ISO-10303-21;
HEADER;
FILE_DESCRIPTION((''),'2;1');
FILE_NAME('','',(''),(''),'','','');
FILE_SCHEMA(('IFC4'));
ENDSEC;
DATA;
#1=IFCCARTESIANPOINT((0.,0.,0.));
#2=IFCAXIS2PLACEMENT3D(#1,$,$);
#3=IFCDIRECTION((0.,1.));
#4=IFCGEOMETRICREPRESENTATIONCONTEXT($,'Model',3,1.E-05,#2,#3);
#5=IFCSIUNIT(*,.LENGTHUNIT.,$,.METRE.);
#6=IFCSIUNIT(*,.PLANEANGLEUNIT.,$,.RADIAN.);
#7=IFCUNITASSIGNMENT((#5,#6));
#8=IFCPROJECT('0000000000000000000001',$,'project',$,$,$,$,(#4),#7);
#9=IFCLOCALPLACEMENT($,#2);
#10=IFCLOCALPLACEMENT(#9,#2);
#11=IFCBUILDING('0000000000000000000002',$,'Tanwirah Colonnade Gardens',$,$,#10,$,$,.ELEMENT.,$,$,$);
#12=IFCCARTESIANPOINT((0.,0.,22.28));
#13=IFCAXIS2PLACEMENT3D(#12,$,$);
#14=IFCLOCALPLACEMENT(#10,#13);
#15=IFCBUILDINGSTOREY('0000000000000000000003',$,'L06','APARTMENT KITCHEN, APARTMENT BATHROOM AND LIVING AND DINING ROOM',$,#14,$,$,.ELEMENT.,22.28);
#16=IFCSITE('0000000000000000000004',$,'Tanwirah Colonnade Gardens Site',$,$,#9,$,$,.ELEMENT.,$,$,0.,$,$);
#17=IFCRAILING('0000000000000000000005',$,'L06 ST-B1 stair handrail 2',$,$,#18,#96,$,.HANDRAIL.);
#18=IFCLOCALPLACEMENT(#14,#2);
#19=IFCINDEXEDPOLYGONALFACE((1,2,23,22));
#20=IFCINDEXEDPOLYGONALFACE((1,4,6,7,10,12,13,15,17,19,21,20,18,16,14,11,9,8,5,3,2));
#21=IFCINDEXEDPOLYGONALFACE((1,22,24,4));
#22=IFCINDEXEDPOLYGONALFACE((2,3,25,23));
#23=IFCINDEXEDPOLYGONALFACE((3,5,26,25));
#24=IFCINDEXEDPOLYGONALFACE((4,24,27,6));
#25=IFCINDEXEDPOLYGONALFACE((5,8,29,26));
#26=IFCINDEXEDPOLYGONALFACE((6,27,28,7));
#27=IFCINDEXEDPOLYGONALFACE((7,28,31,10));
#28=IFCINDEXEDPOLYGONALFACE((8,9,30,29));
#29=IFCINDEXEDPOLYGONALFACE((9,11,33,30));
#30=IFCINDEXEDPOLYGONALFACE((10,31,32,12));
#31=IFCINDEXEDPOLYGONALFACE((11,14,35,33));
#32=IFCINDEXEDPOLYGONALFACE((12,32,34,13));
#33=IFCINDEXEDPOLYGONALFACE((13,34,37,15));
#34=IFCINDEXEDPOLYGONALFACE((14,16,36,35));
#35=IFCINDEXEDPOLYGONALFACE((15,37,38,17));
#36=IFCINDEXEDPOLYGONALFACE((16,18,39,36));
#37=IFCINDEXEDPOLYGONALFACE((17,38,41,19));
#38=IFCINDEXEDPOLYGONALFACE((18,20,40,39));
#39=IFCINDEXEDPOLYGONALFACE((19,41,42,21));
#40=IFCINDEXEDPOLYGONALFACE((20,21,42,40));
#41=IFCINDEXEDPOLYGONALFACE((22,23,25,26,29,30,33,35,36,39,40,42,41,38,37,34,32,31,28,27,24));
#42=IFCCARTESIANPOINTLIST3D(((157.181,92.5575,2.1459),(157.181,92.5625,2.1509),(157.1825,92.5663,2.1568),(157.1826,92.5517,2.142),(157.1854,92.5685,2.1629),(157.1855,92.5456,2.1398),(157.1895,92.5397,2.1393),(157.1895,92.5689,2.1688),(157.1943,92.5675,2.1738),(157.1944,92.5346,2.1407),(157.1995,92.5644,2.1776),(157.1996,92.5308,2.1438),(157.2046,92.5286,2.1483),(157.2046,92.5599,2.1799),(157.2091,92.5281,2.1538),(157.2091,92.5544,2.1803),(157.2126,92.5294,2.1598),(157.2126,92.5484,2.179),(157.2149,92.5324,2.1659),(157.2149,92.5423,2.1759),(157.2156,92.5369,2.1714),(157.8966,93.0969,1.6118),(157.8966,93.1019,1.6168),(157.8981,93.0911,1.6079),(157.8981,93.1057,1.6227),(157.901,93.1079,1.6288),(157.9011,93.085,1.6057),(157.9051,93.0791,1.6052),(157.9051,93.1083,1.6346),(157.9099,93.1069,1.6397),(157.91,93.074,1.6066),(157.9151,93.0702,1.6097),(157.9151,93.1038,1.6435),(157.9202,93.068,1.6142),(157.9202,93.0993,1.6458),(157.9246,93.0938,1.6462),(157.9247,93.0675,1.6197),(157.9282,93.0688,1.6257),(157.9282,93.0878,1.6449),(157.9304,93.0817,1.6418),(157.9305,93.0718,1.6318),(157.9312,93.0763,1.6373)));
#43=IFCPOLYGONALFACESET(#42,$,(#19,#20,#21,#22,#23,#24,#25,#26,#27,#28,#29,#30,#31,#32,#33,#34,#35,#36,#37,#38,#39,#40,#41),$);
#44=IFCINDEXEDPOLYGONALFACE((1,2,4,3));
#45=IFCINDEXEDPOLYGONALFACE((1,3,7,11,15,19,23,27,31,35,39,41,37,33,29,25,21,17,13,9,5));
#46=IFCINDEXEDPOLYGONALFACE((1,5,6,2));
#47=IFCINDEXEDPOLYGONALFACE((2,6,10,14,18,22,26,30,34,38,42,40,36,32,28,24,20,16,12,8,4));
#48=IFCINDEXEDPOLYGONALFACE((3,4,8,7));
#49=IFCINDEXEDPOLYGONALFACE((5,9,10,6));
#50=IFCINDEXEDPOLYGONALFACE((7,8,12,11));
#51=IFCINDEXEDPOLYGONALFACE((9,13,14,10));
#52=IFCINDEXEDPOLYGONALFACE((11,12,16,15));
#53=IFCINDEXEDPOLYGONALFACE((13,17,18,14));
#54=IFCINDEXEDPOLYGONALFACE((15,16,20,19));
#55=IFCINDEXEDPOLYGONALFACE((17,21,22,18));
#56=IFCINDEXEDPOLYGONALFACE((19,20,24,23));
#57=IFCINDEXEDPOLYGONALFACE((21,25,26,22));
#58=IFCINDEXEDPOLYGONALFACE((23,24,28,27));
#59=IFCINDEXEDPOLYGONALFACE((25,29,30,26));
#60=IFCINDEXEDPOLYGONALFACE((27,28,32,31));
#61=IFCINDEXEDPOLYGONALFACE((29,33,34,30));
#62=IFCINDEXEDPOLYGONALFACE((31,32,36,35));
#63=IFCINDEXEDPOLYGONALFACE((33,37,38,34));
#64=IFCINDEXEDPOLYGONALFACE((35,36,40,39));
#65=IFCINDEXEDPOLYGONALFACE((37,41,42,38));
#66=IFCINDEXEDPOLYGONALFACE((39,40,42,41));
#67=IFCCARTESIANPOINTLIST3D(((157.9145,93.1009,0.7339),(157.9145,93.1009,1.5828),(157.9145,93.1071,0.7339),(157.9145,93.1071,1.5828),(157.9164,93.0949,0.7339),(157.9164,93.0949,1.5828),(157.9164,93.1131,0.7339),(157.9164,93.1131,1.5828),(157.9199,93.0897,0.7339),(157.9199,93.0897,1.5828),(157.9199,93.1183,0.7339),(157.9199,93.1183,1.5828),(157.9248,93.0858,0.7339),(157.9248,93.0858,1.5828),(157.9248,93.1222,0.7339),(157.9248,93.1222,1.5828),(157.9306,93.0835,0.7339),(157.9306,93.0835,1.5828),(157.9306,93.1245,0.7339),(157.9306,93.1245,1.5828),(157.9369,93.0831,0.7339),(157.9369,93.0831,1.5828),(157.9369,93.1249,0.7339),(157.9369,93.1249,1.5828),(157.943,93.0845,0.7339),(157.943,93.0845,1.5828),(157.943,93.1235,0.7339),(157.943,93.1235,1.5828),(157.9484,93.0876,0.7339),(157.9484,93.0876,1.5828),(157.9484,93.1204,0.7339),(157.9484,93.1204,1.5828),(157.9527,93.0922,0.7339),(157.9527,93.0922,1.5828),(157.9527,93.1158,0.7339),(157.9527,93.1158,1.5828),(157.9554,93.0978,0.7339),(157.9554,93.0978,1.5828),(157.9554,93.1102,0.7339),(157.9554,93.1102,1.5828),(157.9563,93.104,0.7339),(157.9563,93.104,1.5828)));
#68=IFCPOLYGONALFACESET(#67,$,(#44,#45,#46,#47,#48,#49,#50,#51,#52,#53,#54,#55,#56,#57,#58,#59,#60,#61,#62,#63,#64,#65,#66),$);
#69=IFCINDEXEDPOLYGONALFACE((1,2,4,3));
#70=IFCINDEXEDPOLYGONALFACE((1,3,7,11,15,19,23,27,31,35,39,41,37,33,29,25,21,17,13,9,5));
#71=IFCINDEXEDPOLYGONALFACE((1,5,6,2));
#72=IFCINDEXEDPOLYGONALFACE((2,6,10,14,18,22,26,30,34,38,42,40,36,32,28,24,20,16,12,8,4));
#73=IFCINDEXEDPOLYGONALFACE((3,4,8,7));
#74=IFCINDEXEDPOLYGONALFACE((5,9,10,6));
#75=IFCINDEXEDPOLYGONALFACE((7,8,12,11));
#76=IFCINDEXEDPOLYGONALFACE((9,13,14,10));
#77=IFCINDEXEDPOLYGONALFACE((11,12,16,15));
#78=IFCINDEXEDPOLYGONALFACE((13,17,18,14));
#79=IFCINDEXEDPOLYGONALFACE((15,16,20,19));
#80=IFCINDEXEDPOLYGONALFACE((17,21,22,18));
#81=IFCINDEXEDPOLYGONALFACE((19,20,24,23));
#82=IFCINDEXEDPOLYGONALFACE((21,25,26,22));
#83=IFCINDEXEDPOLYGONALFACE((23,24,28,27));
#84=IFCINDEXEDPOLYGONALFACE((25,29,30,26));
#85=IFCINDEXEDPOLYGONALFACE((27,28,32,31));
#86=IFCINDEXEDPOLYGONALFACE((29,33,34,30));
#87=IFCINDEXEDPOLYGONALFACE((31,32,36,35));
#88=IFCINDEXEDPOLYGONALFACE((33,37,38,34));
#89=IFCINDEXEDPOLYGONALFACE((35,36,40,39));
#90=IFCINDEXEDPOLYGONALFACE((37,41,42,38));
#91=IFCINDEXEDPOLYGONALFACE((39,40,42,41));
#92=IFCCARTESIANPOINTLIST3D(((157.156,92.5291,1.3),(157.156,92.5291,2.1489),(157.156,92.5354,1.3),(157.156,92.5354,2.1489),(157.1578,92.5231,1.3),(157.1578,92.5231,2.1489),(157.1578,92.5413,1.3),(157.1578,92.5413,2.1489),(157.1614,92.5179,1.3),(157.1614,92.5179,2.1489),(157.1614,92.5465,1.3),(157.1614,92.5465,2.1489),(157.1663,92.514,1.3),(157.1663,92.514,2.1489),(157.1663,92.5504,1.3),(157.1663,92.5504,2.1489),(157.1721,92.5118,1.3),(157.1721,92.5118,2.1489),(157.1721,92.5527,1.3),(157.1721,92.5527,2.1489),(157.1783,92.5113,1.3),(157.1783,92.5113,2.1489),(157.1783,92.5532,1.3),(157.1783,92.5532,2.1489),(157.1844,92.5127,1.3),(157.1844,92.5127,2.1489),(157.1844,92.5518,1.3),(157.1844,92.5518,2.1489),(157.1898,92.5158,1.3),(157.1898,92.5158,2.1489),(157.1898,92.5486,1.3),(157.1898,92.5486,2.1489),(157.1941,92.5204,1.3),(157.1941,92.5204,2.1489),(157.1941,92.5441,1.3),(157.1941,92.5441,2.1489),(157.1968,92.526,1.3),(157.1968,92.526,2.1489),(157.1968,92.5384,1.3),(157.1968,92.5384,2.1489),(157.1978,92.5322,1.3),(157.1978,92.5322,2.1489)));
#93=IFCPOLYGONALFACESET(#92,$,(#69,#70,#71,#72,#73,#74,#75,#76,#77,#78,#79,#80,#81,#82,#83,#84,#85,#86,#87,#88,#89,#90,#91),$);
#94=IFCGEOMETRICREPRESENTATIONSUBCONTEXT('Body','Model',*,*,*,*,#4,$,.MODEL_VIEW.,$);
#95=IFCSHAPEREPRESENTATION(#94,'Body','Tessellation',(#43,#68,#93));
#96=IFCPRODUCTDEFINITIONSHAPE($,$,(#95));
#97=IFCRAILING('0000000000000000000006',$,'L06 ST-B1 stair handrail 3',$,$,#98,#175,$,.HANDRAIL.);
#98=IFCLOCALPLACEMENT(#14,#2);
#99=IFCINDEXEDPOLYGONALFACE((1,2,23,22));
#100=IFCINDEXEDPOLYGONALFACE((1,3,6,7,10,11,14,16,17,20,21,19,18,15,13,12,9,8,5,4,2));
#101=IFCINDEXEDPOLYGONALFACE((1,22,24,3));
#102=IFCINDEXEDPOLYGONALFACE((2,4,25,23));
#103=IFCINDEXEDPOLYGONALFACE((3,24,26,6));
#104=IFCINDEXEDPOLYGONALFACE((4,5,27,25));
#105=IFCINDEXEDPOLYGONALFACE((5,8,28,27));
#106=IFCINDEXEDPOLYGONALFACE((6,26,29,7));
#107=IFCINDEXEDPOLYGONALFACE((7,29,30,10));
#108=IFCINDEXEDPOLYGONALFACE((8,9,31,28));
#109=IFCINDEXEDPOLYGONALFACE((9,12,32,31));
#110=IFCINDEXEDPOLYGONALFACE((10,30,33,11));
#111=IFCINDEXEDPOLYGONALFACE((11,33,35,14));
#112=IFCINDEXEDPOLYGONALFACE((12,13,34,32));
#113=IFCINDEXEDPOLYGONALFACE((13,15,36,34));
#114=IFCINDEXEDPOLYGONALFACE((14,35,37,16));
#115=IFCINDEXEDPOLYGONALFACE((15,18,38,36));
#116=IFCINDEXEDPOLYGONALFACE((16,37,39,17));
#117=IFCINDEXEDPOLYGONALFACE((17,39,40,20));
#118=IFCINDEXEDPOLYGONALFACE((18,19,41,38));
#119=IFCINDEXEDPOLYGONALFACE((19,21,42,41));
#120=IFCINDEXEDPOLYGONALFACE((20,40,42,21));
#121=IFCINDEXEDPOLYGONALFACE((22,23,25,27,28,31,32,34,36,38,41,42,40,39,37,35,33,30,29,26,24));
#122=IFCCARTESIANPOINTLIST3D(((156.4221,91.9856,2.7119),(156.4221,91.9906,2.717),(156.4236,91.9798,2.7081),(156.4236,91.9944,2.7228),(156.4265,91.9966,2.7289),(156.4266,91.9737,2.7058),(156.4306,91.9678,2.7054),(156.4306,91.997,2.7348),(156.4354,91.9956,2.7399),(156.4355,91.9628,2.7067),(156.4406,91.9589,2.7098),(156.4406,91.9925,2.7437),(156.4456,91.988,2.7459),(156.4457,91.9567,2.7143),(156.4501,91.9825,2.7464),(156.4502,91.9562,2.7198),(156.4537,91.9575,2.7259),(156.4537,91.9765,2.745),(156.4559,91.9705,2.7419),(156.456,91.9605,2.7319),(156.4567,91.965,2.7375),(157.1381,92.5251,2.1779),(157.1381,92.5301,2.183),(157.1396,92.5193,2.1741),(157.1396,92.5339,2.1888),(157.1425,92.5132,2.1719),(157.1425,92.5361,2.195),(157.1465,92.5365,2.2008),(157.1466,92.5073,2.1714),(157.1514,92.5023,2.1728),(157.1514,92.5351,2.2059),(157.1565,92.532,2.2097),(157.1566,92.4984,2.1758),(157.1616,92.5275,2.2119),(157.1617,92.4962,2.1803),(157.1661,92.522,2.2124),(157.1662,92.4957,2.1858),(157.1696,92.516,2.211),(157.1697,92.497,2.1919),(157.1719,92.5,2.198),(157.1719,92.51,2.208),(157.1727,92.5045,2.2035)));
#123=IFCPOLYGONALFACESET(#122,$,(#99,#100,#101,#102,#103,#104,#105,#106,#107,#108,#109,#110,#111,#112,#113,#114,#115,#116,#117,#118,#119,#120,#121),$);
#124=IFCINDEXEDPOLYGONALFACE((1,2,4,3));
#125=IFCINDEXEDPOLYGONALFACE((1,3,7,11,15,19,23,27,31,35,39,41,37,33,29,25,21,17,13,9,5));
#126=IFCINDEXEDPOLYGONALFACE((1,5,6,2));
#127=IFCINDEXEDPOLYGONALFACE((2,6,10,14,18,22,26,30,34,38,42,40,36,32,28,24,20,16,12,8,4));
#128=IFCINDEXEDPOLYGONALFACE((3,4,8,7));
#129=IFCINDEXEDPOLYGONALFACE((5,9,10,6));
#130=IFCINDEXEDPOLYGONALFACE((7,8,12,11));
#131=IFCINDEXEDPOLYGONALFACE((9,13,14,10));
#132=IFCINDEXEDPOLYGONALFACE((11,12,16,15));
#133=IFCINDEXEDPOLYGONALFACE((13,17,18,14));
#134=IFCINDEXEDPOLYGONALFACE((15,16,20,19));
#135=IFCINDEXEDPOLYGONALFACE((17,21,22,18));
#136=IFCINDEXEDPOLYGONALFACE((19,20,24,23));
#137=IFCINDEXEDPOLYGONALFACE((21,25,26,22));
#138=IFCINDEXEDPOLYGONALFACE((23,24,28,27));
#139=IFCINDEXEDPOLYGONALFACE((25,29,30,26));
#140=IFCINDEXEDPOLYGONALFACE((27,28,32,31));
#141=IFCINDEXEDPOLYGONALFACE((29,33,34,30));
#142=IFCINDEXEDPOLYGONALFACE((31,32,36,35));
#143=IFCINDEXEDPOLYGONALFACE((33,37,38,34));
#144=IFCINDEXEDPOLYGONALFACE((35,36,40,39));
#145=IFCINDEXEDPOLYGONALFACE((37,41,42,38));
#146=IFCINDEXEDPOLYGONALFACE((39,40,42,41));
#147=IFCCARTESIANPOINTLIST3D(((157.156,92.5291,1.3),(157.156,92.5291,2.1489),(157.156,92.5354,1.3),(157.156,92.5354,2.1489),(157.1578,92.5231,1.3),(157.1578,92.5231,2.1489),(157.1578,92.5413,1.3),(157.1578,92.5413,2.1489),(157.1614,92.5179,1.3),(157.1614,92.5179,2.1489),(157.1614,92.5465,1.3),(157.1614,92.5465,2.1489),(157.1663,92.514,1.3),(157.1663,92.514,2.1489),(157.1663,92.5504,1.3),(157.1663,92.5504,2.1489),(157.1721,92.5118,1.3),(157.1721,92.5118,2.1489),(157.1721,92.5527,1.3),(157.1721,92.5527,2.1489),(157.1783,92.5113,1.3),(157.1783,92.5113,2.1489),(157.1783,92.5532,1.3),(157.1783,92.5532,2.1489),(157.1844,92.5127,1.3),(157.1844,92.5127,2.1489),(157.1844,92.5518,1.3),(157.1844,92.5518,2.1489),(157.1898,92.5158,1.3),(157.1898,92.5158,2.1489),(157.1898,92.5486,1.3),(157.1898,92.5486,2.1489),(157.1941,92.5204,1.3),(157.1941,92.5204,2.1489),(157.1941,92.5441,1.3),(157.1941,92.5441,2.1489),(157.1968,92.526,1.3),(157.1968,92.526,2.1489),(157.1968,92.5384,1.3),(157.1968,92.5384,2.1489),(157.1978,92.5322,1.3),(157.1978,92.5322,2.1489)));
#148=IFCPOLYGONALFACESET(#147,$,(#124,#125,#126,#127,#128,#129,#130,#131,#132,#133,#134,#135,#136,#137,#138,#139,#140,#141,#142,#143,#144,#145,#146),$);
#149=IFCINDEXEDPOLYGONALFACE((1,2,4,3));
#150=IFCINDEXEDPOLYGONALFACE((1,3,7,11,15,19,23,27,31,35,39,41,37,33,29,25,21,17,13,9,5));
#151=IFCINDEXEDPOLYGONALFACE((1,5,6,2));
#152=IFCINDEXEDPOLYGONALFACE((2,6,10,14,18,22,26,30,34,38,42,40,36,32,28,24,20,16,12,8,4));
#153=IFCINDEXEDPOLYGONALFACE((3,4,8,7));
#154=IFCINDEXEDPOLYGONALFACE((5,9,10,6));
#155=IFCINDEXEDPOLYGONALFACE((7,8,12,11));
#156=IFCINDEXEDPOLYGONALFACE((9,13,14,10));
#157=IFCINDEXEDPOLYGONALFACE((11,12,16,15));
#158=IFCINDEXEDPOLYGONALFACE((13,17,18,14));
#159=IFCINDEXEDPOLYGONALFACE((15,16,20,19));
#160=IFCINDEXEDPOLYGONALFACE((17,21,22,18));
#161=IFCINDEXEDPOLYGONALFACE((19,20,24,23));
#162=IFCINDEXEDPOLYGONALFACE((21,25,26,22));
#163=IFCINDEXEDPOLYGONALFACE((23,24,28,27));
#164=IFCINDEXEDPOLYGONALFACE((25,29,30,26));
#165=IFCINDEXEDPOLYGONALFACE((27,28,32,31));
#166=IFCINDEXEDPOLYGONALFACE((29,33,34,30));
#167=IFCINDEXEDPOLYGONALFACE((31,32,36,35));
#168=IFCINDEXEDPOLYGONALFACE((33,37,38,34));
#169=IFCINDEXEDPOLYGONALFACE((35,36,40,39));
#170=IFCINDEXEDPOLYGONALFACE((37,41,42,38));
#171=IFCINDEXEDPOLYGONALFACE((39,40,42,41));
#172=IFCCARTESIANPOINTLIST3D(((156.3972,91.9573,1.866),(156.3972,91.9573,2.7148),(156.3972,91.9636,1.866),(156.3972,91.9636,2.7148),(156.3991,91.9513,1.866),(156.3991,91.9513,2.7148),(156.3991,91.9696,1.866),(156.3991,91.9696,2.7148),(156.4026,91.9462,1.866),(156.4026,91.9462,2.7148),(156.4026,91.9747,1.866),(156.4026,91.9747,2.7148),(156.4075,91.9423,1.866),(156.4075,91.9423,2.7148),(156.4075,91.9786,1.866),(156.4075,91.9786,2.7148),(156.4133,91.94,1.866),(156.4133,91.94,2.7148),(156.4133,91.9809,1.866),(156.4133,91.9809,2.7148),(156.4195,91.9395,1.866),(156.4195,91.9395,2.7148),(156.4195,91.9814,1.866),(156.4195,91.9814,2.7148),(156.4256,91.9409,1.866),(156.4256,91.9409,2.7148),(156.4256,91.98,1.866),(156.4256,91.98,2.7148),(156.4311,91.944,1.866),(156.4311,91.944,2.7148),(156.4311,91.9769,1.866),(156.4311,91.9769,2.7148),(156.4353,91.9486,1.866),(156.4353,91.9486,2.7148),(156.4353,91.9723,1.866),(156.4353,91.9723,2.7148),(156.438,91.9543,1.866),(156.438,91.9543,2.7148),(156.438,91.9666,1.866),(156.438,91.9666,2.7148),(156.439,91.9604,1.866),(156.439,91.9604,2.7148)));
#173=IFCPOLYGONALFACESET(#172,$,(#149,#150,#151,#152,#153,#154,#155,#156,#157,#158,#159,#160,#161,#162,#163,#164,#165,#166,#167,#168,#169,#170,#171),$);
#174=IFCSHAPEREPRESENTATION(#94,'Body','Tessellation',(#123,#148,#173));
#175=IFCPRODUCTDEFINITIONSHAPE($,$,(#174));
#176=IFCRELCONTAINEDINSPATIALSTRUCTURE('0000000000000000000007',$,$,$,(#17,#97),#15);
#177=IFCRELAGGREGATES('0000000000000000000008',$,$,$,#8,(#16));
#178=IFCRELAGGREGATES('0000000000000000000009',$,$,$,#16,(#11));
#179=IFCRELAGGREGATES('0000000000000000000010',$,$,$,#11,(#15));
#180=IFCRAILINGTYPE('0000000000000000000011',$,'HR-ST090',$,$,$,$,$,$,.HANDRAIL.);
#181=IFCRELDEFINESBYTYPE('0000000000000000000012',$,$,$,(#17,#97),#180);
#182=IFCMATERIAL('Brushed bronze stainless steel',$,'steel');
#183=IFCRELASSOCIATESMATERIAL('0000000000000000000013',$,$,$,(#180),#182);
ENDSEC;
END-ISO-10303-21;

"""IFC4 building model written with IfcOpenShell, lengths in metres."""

from ifc_helpers import new_model, si_unit, direction, frame, origin, origin_2d, place, context, subcontext, project, spatial, circle, extrude, material, type_object, element, save


model = new_model("IFC4")

# Units and contexts
model_context = context("Model", 3, precision=1e-05, world=origin(), true_north=direction((0.0, 1.0)))
body_context = subcontext(model_context, "Body", "Model", "MODEL_VIEW")
ifc_project = project(units=[si_unit("LENGTHUNIT", "METRE"), si_unit("PLANEANGLEUNIT", "RADIAN")], contexts=[model_context])

# Site, building, storey
site_placement = place(None, origin())
site = spatial("IfcSite", under=ifc_project, at=site_placement, Name="Tanwirah Colonnade Gardens Site", CompositionType="ELEMENT", RefElevation=0.0)
building_placement = place(site_placement, origin())
building = spatial("IfcBuilding", under=site, at=building_placement, Name="Tanwirah Colonnade Gardens", CompositionType="ELEMENT")
storey_placement = place(building_placement, frame((0.0, 0.0, 22.28)))
storey = spatial("IfcBuildingStorey", under=building, at=storey_placement, Name="L06", Description="APARTMENT KITCHEN, APARTMENT BATHROOM AND LIVING AND DINING ROOM", CompositionType="ELEMENT", Elevation=22.28)

# Railings
ifc_material_1 = material(Name="Brushed bronze stainless steel", Category="steel")
railing_type_1 = type_object("IfcRailingType", Name="HR-ST090", PredefinedType="HANDRAIL", material=ifc_material_1)
railing_1_placement = place(storey_placement, frame((157.9353, 93.104, 0.7339)))
element("IfcRailing", 1, at=railing_1_placement, inside=storey, type_object=railing_type_1, Name="L06 ST-B1 stair handrail 2", PredefinedType="HANDRAIL", context=body_context, shape_type="SweptSolid", body=[
    extrude(circle(Radius=0.0239, at=origin_2d()), frame((-0.0215, -0.0161, 0.8918), z_axis=(-0.685951, -0.517057, 0.511979), x_axis=(0.601931, -0.798548, 0.0)), (0.0, 0.0, 1.0), 1.0432),
    extrude(circle(Radius=0.021, at=origin_2d()), origin(), (0.0, 0.0, 1.0), 0.8489),
    extrude(circle(Radius=0.021, at=origin_2d()), frame((-0.7585, -0.5718, 0.5662)), (0.0, 0.0, 1.0), 0.8489),
])
railing_2_placement = place(storey_placement, frame((157.1768, 92.5322, 1.3)))
element("IfcRailing", 2, at=railing_2_placement, inside=storey, type_object=railing_type_1, Name="L06 ST-B1 stair handrail 3", PredefinedType="HANDRAIL", context=body_context, shape_type="SweptSolid", body=[
    extrude(circle(Radius=0.0239, at=origin_2d()), frame((-0.0215, -0.0161, 0.8918), z_axis=(-0.686145, -0.517037, 0.511739), x_axis=(0.601807, -0.798641, 0.0)), (0.0, 0.0, 1.0), 1.0435),
    extrude(circle(Radius=0.021, at=origin_2d()), origin(), (0.0, 0.0, 1.0), 0.8489),
    extrude(circle(Radius=0.021, at=origin_2d()), frame((-0.7588, -0.5718, 0.5659)), (0.0, 0.0, 1.0), 0.8489),
])

save(model, "model.ifc")
